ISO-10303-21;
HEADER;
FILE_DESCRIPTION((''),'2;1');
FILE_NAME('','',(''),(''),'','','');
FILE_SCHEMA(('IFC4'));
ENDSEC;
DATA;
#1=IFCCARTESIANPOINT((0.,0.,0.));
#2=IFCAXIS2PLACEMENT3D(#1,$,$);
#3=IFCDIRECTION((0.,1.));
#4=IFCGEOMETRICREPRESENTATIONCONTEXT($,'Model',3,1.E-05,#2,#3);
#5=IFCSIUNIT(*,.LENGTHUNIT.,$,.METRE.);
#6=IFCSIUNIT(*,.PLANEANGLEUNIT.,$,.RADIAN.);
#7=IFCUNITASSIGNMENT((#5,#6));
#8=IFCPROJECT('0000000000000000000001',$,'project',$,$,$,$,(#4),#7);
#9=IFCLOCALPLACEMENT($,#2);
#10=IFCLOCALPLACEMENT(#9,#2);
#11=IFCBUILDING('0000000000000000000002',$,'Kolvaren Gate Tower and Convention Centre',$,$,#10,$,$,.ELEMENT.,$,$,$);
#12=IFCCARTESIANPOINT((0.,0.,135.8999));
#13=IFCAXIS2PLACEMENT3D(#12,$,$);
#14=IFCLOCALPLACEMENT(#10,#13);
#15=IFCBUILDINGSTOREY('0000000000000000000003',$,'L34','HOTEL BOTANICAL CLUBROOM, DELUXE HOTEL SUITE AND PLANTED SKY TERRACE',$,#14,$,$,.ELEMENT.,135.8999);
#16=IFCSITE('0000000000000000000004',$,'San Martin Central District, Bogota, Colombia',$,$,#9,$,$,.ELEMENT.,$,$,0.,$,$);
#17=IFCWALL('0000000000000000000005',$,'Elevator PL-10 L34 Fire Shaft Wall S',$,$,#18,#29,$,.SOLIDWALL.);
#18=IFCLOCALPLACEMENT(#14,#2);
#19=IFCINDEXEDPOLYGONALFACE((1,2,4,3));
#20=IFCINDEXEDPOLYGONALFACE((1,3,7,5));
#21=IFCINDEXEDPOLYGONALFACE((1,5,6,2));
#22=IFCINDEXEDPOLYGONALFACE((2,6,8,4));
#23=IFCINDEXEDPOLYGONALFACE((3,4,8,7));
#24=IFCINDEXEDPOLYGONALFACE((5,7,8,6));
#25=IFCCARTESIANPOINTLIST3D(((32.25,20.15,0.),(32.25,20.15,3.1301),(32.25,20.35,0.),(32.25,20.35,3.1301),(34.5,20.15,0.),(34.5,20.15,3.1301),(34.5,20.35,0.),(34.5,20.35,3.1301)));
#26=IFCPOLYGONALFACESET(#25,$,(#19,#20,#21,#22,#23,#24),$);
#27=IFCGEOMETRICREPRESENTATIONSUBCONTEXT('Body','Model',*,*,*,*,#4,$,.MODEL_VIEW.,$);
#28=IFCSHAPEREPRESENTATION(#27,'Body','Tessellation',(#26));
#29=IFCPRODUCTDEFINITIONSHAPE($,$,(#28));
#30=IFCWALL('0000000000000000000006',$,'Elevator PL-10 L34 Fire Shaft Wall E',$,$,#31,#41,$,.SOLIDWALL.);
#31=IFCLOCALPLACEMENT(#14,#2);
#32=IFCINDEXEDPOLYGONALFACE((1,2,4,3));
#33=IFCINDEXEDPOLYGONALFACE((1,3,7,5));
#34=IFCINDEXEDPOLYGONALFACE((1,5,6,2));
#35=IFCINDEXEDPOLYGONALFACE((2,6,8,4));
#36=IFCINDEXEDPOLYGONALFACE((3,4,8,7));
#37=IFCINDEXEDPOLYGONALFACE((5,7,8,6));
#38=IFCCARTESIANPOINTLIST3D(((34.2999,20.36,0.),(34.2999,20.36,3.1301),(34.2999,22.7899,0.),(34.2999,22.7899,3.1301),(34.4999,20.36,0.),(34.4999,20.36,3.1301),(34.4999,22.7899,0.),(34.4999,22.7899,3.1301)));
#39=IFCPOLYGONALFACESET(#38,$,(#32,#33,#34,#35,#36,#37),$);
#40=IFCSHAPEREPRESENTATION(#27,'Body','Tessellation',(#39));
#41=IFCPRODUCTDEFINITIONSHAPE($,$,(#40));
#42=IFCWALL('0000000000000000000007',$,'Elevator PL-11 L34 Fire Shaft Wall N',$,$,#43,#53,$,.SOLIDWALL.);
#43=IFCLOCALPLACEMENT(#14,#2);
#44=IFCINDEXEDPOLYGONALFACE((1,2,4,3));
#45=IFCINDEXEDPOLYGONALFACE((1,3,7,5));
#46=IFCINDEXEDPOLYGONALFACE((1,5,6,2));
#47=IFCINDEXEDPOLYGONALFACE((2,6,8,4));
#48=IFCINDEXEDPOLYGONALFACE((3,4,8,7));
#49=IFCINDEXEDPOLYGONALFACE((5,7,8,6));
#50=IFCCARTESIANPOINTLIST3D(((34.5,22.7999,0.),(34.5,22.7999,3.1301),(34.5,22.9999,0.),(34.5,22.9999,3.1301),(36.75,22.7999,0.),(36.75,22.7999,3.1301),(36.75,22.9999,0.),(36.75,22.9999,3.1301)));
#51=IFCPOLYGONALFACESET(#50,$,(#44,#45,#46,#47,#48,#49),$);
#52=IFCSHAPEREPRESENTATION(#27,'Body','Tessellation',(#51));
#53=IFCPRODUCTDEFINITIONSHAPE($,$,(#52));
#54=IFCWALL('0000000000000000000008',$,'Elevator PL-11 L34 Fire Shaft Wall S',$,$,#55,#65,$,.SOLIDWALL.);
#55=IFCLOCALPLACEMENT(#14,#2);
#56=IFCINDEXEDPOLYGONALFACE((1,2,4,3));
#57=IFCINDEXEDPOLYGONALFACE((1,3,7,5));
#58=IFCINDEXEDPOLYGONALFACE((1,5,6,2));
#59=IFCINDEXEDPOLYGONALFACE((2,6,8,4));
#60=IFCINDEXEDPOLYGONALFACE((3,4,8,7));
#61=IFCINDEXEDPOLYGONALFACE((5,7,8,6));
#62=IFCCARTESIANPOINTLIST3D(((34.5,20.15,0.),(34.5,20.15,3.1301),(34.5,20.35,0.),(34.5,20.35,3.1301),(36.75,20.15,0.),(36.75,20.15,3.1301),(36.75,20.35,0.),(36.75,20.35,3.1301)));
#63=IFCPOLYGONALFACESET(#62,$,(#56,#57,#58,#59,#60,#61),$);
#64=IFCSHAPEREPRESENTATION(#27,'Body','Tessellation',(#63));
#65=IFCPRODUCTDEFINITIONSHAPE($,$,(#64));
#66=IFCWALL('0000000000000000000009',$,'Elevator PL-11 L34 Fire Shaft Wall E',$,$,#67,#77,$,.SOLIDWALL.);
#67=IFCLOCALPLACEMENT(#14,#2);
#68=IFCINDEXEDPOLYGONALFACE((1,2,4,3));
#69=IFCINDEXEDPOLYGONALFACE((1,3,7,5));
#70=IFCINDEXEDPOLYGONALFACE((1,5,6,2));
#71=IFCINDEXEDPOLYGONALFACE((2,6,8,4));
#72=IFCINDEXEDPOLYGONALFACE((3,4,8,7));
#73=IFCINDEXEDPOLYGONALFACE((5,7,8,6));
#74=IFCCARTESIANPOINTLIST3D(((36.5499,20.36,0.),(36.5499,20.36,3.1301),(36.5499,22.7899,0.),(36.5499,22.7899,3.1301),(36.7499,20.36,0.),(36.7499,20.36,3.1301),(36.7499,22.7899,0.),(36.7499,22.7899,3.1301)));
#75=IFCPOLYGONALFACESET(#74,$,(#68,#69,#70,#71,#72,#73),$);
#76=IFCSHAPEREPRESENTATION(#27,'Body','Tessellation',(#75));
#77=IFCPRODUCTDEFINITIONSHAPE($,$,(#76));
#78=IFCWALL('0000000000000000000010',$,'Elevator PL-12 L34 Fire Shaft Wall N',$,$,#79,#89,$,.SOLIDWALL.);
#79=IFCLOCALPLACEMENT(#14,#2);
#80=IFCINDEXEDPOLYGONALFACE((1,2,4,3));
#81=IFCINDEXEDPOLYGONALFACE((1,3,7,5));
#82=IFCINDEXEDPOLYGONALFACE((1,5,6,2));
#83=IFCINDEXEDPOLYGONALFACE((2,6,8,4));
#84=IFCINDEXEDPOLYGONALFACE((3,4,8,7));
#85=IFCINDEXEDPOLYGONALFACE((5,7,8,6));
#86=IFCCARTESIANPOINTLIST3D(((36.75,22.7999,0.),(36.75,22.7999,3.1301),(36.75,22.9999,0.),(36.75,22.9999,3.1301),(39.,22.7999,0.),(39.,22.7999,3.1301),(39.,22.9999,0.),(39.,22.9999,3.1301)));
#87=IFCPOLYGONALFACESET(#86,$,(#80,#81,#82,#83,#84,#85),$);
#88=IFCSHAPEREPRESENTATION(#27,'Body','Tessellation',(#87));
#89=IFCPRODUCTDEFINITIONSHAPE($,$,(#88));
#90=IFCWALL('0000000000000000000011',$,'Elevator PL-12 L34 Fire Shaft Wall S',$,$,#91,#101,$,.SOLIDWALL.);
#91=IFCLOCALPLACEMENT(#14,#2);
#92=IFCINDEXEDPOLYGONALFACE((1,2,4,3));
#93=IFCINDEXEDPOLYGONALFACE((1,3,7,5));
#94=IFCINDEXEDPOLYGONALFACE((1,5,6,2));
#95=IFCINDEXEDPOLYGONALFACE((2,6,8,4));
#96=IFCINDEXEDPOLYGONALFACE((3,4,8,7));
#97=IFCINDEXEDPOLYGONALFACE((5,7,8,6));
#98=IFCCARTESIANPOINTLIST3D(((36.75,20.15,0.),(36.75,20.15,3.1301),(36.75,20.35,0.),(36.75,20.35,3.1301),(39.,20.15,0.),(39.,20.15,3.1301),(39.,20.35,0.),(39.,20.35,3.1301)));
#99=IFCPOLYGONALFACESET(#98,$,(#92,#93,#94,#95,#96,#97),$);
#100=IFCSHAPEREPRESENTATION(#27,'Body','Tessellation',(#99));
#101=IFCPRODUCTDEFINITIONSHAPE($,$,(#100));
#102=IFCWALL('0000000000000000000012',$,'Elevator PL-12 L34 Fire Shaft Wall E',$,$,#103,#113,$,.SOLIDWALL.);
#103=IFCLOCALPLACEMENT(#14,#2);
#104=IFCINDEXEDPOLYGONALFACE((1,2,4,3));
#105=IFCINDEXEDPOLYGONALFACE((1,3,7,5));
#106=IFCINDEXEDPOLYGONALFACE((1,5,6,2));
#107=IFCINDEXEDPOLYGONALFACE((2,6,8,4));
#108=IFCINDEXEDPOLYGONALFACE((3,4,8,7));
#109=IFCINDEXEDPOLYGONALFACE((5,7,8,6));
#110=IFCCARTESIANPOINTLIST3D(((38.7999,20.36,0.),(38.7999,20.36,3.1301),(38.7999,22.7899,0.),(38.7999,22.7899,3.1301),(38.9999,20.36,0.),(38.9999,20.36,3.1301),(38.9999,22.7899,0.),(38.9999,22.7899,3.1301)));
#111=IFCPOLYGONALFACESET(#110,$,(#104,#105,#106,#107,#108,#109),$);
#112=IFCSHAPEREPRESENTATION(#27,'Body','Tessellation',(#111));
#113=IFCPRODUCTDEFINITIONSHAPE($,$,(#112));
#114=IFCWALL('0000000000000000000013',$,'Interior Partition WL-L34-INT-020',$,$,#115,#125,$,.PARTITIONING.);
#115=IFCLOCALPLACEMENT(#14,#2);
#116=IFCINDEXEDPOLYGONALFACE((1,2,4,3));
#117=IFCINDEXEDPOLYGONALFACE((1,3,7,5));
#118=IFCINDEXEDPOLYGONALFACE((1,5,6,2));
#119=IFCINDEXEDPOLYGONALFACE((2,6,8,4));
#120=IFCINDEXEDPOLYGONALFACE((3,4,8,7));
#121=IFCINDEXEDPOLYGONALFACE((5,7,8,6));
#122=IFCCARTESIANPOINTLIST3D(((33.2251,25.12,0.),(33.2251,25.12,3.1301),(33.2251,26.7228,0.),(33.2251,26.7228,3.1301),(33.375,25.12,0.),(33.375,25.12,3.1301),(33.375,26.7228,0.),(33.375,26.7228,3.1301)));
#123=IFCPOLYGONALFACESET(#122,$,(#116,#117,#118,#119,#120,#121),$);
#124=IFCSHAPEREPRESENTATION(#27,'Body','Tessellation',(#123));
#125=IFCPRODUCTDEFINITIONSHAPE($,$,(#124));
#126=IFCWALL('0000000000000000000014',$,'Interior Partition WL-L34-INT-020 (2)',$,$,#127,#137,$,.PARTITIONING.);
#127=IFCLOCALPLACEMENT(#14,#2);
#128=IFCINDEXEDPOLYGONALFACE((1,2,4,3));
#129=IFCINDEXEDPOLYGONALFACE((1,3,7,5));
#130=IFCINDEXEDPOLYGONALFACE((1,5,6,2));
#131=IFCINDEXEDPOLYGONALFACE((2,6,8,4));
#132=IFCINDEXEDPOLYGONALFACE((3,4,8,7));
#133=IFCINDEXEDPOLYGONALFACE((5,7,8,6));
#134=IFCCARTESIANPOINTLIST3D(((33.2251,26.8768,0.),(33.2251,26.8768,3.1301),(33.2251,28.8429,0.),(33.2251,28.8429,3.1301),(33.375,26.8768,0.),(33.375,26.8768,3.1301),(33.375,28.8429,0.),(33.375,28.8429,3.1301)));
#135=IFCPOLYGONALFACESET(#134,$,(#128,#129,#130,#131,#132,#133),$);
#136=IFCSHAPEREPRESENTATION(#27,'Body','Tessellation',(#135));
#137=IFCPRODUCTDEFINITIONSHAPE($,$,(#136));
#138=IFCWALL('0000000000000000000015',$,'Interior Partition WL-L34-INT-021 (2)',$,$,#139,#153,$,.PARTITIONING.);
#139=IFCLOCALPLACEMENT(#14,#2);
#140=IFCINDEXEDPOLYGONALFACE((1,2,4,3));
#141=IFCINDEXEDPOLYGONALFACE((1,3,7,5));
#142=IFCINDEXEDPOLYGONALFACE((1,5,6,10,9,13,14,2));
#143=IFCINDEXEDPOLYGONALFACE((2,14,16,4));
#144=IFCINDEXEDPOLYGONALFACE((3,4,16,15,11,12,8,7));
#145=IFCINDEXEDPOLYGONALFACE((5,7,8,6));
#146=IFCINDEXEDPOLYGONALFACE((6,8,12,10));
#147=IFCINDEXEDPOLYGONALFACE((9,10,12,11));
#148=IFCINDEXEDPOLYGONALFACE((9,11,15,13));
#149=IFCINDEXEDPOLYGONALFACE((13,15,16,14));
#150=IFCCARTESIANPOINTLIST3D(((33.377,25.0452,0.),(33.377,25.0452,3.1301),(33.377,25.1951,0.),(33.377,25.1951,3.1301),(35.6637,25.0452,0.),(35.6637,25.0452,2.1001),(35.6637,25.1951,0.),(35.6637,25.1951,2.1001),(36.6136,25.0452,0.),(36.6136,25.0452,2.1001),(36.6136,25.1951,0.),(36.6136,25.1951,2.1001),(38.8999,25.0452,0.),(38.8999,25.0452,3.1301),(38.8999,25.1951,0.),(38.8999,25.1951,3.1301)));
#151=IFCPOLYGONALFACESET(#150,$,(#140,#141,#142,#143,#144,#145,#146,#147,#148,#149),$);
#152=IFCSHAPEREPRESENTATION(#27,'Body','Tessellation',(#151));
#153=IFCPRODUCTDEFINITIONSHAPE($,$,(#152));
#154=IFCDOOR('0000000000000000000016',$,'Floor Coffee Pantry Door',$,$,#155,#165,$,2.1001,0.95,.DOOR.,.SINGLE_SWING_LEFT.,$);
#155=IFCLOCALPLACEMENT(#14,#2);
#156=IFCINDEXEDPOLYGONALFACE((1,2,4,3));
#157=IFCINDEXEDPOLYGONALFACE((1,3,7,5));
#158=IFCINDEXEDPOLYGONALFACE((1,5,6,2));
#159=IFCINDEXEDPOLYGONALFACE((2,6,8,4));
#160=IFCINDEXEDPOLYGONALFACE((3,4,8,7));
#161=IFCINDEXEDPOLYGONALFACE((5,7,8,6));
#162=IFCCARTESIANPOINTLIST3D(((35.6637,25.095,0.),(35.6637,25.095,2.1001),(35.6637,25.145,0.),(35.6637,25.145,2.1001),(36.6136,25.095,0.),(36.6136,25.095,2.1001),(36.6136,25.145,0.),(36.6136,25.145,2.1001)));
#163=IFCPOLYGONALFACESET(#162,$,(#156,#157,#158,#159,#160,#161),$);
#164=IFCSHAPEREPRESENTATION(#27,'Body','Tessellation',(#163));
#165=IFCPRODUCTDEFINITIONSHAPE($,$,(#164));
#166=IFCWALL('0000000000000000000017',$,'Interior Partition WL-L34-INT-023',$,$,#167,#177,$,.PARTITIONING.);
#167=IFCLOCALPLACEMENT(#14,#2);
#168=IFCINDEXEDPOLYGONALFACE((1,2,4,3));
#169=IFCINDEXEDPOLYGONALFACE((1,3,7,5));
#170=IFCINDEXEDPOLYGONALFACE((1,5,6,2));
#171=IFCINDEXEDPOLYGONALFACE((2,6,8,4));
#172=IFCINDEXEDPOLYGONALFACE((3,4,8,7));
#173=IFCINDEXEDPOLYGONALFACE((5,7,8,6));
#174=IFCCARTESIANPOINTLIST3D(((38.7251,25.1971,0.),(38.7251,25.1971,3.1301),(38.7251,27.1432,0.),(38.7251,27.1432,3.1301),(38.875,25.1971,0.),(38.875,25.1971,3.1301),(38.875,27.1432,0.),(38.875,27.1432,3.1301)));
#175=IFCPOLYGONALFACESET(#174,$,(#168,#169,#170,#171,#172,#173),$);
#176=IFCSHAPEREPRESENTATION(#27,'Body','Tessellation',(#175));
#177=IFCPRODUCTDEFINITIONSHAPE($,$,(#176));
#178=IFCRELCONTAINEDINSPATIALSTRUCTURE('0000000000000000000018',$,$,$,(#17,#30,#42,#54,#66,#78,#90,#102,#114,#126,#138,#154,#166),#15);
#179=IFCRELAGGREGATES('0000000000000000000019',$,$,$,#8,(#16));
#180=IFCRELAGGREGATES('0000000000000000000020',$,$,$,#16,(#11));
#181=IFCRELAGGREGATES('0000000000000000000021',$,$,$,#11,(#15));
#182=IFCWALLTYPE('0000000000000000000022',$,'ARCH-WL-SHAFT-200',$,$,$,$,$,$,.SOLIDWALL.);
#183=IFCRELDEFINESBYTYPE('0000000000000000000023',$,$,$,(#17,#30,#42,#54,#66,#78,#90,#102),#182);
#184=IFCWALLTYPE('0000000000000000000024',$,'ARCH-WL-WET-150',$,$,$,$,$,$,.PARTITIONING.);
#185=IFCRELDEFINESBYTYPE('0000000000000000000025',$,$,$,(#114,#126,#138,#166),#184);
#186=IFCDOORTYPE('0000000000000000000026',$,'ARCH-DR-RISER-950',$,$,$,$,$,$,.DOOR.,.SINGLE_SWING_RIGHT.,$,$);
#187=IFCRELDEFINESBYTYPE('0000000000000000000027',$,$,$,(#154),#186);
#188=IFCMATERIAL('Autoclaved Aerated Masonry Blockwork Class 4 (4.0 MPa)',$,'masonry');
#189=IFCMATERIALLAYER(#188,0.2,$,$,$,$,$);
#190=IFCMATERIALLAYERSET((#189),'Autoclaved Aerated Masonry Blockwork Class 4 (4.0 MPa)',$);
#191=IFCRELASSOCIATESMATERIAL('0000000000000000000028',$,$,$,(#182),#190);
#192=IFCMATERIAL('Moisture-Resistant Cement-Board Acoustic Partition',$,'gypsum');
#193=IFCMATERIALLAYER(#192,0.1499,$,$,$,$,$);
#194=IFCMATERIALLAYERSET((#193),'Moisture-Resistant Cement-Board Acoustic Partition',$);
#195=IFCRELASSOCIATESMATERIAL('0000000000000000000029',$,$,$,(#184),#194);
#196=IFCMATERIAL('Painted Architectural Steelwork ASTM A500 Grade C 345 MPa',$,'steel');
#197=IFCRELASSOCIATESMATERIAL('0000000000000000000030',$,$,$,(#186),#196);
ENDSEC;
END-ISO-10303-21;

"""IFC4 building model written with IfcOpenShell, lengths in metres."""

from ifc_helpers import new_model, si_unit, direction, frame, frame_2d, origin, place, context, subcontext, project, spatial, rectangle, extrude, material, layer, layer_set, type_object, element, fill, save


model = new_model("IFC4")

# Units and contexts
model_context = context("Model", 3, precision=1e-05, world=origin(), true_north=direction((0.0, 1.0)))
body_context = subcontext(model_context, "Body", "Model", "MODEL_VIEW")
ifc_project = project(units=[si_unit("LENGTHUNIT", "METRE"), si_unit("PLANEANGLEUNIT", "RADIAN")], contexts=[model_context])

# Site, building, storey
site_placement = place(None, origin())
site = spatial("IfcSite", under=ifc_project, at=site_placement, Name="San Martin Central District, Bogota, Colombia", CompositionType="ELEMENT", RefElevation=0.0)
building_placement = place(site_placement, origin())
building = spatial("IfcBuilding", under=site, at=building_placement, Name="Kolvaren Gate Tower and Convention Centre", CompositionType="ELEMENT")
storey_placement = place(building_placement, frame((0.0, 0.0, 135.8999)))
storey = spatial("IfcBuildingStorey", under=building, at=storey_placement, Name="L34", Description="HOTEL BOTANICAL CLUBROOM, DELUXE HOTEL SUITE AND PLANTED SKY TERRACE", CompositionType="ELEMENT", Elevation=135.8999)

# Walls
ifc_material_1 = material(Name="Autoclaved Aerated Masonry Blockwork Class 4 (4.0 MPa)", Category="masonry")
ifc_layer_1 = layer(ifc_material_1, 0.2)
ifc_layer_set_1 = layer_set([ifc_layer_1], Name="Autoclaved Aerated Masonry Blockwork Class 4 (4.0 MPa)")
wall_type_1 = type_object("IfcWallType", Name="ARCH-WL-SHAFT-200", PredefinedType="SOLIDWALL", material=ifc_layer_set_1)
for number, where, z_axis, x_axis, name in (
    (1, (32.25, 20.25, 0.0), (0.0, 0.0, 1.0), (1.0, 0.0, 0.0), "Elevator PL-10 L34 Fire Shaft Wall S"),
):
    element("IfcWall", number, at=place(storey_placement, frame(where, z_axis=z_axis, x_axis=x_axis)), inside=storey, type_object=wall_type_1, Name=name, PredefinedType="SOLIDWALL", context=body_context, shape_type="SweptSolid", body=[
        extrude(rectangle(XDim=2.25, YDim=0.2, at=frame_2d((1.125, 0.0))), origin(), (0.0, 0.0, 1.0), 3.1301),
    ])
wall_1_placement = place(storey_placement, frame((34.3999, 20.3601, 0.0), z_axis=(0.0, 0.0, 1.0), x_axis=(0.0, 1.0, 0.0)))
element("IfcWall", 2, at=wall_1_placement, inside=storey, type_object=wall_type_1, Name="Elevator PL-10 L34 Fire Shaft Wall E", PredefinedType="SOLIDWALL", context=body_context, shape_type="SweptSolid", body=[
    extrude(rectangle(XDim=2.4299, YDim=0.2, at=frame_2d((1.2148, 0.0))), origin(), (0.0, 0.0, 1.0), 3.1301),
])
for number, where, z_axis, x_axis, name in (
    (3, (34.5, 22.8999, 0.0), (0.0, 0.0, 1.0), (1.0, 0.0, 0.0), "Elevator PL-11 L34 Fire Shaft Wall N"),
    (4, (34.5, 20.25, 0.0), (0.0, 0.0, 1.0), (1.0, 0.0, 0.0), "Elevator PL-11 L34 Fire Shaft Wall S"),
):
    element("IfcWall", number, at=place(storey_placement, frame(where, z_axis=z_axis, x_axis=x_axis)), inside=storey, type_object=wall_type_1, Name=name, PredefinedType="SOLIDWALL", context=body_context, shape_type="SweptSolid", body=[
        extrude(rectangle(XDim=2.25, YDim=0.2, at=frame_2d((1.125, 0.0))), origin(), (0.0, 0.0, 1.0), 3.1301),
    ])
wall_2_placement = place(storey_placement, frame((36.6499, 20.3601, 0.0), z_axis=(0.0, 0.0, 1.0), x_axis=(0.0, 1.0, 0.0)))
element("IfcWall", 5, at=wall_2_placement, inside=storey, type_object=wall_type_1, Name="Elevator PL-11 L34 Fire Shaft Wall E", PredefinedType="SOLIDWALL", context=body_context, shape_type="SweptSolid", body=[
    extrude(rectangle(XDim=2.4299, YDim=0.2, at=frame_2d((1.2148, 0.0))), origin(), (0.0, 0.0, 1.0), 3.1301),
])
for number, where, z_axis, x_axis, name in (
    (6, (36.75, 22.8999, 0.0), (0.0, 0.0, 1.0), (1.0, 0.0, 0.0), "Elevator PL-12 L34 Fire Shaft Wall N"),
    (7, (36.75, 20.25, 0.0), (0.0, 0.0, 1.0), (1.0, 0.0, 0.0), "Elevator PL-12 L34 Fire Shaft Wall S"),
):
    element("IfcWall", number, at=place(storey_placement, frame(where, z_axis=z_axis, x_axis=x_axis)), inside=storey, type_object=wall_type_1, Name=name, PredefinedType="SOLIDWALL", context=body_context, shape_type="SweptSolid", body=[
        extrude(rectangle(XDim=2.25, YDim=0.2, at=frame_2d((1.125, 0.0))), origin(), (0.0, 0.0, 1.0), 3.1301),
    ])
wall_3_placement = place(storey_placement, frame((38.8999, 20.3601, 0.0), z_axis=(0.0, 0.0, 1.0), x_axis=(0.0, 1.0, 0.0)))
element("IfcWall", 8, at=wall_3_placement, inside=storey, type_object=wall_type_1, Name="Elevator PL-12 L34 Fire Shaft Wall E", PredefinedType="SOLIDWALL", context=body_context, shape_type="SweptSolid", body=[
    extrude(rectangle(XDim=2.4299, YDim=0.2, at=frame_2d((1.2148, 0.0))), origin(), (0.0, 0.0, 1.0), 3.1301),
])
ifc_material_2 = material(Name="Moisture-Resistant Cement-Board Acoustic Partition", Category="gypsum")
ifc_layer_2 = layer(ifc_material_2, 0.1499)
ifc_layer_set_2 = layer_set([ifc_layer_2], Name="Moisture-Resistant Cement-Board Acoustic Partition")
wall_type_2 = type_object("IfcWallType", Name="ARCH-WL-WET-150", PredefinedType="PARTITIONING", material=ifc_layer_set_2)
wall_4_placement = place(storey_placement, frame((33.3, 25.1201, 0.0), z_axis=(0.0, 0.0, 1.0), x_axis=(0.0, 1.0, 0.0)))
element("IfcWall", 9, at=wall_4_placement, inside=storey, type_object=wall_type_2, Name="Interior Partition WL-L34-INT-020", PredefinedType="PARTITIONING", context=body_context, shape_type="SweptSolid", body=[
    extrude(rectangle(XDim=1.6028, YDim=0.1499, at=frame_2d((0.8013, 0.0))), origin(), (0.0, 0.0, 1.0), 3.1301),
])
wall_5_placement = place(storey_placement, frame((33.3, 26.877, 0.0), z_axis=(0.0, 0.0, 1.0), x_axis=(0.0, 1.0, 0.0)))
element("IfcWall", 10, at=wall_5_placement, inside=storey, type_object=wall_type_2, Name="Interior Partition WL-L34-INT-020 (2)", PredefinedType="PARTITIONING", context=body_context, shape_type="SweptSolid", body=[
    extrude(rectangle(XDim=1.9661, YDim=0.1499, at=frame_2d((0.9829, 0.0))), origin(), (0.0, 0.0, 1.0), 3.1301),
])

# Wall, opening, door
wall_6_placement = place(storey_placement, frame((33.377, 25.1201, 0.0), z_axis=(0.0, 0.0, 1.0), x_axis=(1.0, 0.0, 0.0)))
wall_6 = element("IfcWall", 11, at=wall_6_placement, inside=storey, type_object=wall_type_2, Name="Interior Partition WL-L34-INT-021 (2)", PredefinedType="PARTITIONING", context=body_context, shape_type="SweptSolid", body=[
    extrude(rectangle(XDim=5.5229, YDim=0.1499, at=frame_2d((2.7615, 0.0))), origin(), (0.0, 0.0, 1.0), 3.1301),
])
opening_placement = place(wall_6_placement, frame((2.2866, 0.0, 0.0)))
opening = element("IfcOpeningElement", 12, at=opening_placement, cuts=wall_6, PredefinedType="OPENING", context=body_context, shape_type="SweptSolid", body=[
    extrude(rectangle(XDim=0.95, YDim=2.1001, at=frame_2d((0.4751, 1.05))), frame((0.0, 0.085, 0.0), z_axis=(0.0, -1.0, 0.0), x_axis=(1.0, 0.0, 0.0)), (0.0, 0.0, 1.0), 0.1699),
])
ifc_material_3 = material(Name="Painted Architectural Steelwork ASTM A500 Grade C 345 MPa", Category="steel")
door_type = type_object("IfcDoorType", Name="ARCH-DR-RISER-950", OperationType="SINGLE_SWING_RIGHT", PredefinedType="DOOR", material=ifc_material_3)
door_placement = place(opening_placement, origin())
door = element("IfcDoor", 13, at=door_placement, inside=storey, type_object=door_type, Name="Floor Coffee Pantry Door", OperationType="SINGLE_SWING_LEFT", OverallHeight=2.1001, OverallWidth=0.95, PredefinedType="DOOR", context=body_context, shape_type="SweptSolid", body=[
    extrude(rectangle(XDim=0.95, YDim=2.1001, at=frame_2d((0.4751, 1.05))), frame((0.0, 0.0249, 0.0), z_axis=(0.0, -1.0, 0.0), x_axis=(1.0, 0.0, 0.0)), (0.0, 0.0, 1.0), 0.05),
])
fill(opening, door)

# Wall
wall_7_placement = place(storey_placement, frame((38.8, 25.197, 0.0), z_axis=(0.0, 0.0, 1.0), x_axis=(0.0, 1.0, 0.0)))
element("IfcWall", 14, at=wall_7_placement, inside=storey, type_object=wall_type_2, Name="Interior Partition WL-L34-INT-023", PredefinedType="PARTITIONING", context=body_context, shape_type="SweptSolid", body=[
    extrude(rectangle(XDim=1.946, YDim=0.1499, at=frame_2d((0.9731, 0.0))), origin(), (0.0, 0.0, 1.0), 3.1301),
])

save(model, "model.ifc")
